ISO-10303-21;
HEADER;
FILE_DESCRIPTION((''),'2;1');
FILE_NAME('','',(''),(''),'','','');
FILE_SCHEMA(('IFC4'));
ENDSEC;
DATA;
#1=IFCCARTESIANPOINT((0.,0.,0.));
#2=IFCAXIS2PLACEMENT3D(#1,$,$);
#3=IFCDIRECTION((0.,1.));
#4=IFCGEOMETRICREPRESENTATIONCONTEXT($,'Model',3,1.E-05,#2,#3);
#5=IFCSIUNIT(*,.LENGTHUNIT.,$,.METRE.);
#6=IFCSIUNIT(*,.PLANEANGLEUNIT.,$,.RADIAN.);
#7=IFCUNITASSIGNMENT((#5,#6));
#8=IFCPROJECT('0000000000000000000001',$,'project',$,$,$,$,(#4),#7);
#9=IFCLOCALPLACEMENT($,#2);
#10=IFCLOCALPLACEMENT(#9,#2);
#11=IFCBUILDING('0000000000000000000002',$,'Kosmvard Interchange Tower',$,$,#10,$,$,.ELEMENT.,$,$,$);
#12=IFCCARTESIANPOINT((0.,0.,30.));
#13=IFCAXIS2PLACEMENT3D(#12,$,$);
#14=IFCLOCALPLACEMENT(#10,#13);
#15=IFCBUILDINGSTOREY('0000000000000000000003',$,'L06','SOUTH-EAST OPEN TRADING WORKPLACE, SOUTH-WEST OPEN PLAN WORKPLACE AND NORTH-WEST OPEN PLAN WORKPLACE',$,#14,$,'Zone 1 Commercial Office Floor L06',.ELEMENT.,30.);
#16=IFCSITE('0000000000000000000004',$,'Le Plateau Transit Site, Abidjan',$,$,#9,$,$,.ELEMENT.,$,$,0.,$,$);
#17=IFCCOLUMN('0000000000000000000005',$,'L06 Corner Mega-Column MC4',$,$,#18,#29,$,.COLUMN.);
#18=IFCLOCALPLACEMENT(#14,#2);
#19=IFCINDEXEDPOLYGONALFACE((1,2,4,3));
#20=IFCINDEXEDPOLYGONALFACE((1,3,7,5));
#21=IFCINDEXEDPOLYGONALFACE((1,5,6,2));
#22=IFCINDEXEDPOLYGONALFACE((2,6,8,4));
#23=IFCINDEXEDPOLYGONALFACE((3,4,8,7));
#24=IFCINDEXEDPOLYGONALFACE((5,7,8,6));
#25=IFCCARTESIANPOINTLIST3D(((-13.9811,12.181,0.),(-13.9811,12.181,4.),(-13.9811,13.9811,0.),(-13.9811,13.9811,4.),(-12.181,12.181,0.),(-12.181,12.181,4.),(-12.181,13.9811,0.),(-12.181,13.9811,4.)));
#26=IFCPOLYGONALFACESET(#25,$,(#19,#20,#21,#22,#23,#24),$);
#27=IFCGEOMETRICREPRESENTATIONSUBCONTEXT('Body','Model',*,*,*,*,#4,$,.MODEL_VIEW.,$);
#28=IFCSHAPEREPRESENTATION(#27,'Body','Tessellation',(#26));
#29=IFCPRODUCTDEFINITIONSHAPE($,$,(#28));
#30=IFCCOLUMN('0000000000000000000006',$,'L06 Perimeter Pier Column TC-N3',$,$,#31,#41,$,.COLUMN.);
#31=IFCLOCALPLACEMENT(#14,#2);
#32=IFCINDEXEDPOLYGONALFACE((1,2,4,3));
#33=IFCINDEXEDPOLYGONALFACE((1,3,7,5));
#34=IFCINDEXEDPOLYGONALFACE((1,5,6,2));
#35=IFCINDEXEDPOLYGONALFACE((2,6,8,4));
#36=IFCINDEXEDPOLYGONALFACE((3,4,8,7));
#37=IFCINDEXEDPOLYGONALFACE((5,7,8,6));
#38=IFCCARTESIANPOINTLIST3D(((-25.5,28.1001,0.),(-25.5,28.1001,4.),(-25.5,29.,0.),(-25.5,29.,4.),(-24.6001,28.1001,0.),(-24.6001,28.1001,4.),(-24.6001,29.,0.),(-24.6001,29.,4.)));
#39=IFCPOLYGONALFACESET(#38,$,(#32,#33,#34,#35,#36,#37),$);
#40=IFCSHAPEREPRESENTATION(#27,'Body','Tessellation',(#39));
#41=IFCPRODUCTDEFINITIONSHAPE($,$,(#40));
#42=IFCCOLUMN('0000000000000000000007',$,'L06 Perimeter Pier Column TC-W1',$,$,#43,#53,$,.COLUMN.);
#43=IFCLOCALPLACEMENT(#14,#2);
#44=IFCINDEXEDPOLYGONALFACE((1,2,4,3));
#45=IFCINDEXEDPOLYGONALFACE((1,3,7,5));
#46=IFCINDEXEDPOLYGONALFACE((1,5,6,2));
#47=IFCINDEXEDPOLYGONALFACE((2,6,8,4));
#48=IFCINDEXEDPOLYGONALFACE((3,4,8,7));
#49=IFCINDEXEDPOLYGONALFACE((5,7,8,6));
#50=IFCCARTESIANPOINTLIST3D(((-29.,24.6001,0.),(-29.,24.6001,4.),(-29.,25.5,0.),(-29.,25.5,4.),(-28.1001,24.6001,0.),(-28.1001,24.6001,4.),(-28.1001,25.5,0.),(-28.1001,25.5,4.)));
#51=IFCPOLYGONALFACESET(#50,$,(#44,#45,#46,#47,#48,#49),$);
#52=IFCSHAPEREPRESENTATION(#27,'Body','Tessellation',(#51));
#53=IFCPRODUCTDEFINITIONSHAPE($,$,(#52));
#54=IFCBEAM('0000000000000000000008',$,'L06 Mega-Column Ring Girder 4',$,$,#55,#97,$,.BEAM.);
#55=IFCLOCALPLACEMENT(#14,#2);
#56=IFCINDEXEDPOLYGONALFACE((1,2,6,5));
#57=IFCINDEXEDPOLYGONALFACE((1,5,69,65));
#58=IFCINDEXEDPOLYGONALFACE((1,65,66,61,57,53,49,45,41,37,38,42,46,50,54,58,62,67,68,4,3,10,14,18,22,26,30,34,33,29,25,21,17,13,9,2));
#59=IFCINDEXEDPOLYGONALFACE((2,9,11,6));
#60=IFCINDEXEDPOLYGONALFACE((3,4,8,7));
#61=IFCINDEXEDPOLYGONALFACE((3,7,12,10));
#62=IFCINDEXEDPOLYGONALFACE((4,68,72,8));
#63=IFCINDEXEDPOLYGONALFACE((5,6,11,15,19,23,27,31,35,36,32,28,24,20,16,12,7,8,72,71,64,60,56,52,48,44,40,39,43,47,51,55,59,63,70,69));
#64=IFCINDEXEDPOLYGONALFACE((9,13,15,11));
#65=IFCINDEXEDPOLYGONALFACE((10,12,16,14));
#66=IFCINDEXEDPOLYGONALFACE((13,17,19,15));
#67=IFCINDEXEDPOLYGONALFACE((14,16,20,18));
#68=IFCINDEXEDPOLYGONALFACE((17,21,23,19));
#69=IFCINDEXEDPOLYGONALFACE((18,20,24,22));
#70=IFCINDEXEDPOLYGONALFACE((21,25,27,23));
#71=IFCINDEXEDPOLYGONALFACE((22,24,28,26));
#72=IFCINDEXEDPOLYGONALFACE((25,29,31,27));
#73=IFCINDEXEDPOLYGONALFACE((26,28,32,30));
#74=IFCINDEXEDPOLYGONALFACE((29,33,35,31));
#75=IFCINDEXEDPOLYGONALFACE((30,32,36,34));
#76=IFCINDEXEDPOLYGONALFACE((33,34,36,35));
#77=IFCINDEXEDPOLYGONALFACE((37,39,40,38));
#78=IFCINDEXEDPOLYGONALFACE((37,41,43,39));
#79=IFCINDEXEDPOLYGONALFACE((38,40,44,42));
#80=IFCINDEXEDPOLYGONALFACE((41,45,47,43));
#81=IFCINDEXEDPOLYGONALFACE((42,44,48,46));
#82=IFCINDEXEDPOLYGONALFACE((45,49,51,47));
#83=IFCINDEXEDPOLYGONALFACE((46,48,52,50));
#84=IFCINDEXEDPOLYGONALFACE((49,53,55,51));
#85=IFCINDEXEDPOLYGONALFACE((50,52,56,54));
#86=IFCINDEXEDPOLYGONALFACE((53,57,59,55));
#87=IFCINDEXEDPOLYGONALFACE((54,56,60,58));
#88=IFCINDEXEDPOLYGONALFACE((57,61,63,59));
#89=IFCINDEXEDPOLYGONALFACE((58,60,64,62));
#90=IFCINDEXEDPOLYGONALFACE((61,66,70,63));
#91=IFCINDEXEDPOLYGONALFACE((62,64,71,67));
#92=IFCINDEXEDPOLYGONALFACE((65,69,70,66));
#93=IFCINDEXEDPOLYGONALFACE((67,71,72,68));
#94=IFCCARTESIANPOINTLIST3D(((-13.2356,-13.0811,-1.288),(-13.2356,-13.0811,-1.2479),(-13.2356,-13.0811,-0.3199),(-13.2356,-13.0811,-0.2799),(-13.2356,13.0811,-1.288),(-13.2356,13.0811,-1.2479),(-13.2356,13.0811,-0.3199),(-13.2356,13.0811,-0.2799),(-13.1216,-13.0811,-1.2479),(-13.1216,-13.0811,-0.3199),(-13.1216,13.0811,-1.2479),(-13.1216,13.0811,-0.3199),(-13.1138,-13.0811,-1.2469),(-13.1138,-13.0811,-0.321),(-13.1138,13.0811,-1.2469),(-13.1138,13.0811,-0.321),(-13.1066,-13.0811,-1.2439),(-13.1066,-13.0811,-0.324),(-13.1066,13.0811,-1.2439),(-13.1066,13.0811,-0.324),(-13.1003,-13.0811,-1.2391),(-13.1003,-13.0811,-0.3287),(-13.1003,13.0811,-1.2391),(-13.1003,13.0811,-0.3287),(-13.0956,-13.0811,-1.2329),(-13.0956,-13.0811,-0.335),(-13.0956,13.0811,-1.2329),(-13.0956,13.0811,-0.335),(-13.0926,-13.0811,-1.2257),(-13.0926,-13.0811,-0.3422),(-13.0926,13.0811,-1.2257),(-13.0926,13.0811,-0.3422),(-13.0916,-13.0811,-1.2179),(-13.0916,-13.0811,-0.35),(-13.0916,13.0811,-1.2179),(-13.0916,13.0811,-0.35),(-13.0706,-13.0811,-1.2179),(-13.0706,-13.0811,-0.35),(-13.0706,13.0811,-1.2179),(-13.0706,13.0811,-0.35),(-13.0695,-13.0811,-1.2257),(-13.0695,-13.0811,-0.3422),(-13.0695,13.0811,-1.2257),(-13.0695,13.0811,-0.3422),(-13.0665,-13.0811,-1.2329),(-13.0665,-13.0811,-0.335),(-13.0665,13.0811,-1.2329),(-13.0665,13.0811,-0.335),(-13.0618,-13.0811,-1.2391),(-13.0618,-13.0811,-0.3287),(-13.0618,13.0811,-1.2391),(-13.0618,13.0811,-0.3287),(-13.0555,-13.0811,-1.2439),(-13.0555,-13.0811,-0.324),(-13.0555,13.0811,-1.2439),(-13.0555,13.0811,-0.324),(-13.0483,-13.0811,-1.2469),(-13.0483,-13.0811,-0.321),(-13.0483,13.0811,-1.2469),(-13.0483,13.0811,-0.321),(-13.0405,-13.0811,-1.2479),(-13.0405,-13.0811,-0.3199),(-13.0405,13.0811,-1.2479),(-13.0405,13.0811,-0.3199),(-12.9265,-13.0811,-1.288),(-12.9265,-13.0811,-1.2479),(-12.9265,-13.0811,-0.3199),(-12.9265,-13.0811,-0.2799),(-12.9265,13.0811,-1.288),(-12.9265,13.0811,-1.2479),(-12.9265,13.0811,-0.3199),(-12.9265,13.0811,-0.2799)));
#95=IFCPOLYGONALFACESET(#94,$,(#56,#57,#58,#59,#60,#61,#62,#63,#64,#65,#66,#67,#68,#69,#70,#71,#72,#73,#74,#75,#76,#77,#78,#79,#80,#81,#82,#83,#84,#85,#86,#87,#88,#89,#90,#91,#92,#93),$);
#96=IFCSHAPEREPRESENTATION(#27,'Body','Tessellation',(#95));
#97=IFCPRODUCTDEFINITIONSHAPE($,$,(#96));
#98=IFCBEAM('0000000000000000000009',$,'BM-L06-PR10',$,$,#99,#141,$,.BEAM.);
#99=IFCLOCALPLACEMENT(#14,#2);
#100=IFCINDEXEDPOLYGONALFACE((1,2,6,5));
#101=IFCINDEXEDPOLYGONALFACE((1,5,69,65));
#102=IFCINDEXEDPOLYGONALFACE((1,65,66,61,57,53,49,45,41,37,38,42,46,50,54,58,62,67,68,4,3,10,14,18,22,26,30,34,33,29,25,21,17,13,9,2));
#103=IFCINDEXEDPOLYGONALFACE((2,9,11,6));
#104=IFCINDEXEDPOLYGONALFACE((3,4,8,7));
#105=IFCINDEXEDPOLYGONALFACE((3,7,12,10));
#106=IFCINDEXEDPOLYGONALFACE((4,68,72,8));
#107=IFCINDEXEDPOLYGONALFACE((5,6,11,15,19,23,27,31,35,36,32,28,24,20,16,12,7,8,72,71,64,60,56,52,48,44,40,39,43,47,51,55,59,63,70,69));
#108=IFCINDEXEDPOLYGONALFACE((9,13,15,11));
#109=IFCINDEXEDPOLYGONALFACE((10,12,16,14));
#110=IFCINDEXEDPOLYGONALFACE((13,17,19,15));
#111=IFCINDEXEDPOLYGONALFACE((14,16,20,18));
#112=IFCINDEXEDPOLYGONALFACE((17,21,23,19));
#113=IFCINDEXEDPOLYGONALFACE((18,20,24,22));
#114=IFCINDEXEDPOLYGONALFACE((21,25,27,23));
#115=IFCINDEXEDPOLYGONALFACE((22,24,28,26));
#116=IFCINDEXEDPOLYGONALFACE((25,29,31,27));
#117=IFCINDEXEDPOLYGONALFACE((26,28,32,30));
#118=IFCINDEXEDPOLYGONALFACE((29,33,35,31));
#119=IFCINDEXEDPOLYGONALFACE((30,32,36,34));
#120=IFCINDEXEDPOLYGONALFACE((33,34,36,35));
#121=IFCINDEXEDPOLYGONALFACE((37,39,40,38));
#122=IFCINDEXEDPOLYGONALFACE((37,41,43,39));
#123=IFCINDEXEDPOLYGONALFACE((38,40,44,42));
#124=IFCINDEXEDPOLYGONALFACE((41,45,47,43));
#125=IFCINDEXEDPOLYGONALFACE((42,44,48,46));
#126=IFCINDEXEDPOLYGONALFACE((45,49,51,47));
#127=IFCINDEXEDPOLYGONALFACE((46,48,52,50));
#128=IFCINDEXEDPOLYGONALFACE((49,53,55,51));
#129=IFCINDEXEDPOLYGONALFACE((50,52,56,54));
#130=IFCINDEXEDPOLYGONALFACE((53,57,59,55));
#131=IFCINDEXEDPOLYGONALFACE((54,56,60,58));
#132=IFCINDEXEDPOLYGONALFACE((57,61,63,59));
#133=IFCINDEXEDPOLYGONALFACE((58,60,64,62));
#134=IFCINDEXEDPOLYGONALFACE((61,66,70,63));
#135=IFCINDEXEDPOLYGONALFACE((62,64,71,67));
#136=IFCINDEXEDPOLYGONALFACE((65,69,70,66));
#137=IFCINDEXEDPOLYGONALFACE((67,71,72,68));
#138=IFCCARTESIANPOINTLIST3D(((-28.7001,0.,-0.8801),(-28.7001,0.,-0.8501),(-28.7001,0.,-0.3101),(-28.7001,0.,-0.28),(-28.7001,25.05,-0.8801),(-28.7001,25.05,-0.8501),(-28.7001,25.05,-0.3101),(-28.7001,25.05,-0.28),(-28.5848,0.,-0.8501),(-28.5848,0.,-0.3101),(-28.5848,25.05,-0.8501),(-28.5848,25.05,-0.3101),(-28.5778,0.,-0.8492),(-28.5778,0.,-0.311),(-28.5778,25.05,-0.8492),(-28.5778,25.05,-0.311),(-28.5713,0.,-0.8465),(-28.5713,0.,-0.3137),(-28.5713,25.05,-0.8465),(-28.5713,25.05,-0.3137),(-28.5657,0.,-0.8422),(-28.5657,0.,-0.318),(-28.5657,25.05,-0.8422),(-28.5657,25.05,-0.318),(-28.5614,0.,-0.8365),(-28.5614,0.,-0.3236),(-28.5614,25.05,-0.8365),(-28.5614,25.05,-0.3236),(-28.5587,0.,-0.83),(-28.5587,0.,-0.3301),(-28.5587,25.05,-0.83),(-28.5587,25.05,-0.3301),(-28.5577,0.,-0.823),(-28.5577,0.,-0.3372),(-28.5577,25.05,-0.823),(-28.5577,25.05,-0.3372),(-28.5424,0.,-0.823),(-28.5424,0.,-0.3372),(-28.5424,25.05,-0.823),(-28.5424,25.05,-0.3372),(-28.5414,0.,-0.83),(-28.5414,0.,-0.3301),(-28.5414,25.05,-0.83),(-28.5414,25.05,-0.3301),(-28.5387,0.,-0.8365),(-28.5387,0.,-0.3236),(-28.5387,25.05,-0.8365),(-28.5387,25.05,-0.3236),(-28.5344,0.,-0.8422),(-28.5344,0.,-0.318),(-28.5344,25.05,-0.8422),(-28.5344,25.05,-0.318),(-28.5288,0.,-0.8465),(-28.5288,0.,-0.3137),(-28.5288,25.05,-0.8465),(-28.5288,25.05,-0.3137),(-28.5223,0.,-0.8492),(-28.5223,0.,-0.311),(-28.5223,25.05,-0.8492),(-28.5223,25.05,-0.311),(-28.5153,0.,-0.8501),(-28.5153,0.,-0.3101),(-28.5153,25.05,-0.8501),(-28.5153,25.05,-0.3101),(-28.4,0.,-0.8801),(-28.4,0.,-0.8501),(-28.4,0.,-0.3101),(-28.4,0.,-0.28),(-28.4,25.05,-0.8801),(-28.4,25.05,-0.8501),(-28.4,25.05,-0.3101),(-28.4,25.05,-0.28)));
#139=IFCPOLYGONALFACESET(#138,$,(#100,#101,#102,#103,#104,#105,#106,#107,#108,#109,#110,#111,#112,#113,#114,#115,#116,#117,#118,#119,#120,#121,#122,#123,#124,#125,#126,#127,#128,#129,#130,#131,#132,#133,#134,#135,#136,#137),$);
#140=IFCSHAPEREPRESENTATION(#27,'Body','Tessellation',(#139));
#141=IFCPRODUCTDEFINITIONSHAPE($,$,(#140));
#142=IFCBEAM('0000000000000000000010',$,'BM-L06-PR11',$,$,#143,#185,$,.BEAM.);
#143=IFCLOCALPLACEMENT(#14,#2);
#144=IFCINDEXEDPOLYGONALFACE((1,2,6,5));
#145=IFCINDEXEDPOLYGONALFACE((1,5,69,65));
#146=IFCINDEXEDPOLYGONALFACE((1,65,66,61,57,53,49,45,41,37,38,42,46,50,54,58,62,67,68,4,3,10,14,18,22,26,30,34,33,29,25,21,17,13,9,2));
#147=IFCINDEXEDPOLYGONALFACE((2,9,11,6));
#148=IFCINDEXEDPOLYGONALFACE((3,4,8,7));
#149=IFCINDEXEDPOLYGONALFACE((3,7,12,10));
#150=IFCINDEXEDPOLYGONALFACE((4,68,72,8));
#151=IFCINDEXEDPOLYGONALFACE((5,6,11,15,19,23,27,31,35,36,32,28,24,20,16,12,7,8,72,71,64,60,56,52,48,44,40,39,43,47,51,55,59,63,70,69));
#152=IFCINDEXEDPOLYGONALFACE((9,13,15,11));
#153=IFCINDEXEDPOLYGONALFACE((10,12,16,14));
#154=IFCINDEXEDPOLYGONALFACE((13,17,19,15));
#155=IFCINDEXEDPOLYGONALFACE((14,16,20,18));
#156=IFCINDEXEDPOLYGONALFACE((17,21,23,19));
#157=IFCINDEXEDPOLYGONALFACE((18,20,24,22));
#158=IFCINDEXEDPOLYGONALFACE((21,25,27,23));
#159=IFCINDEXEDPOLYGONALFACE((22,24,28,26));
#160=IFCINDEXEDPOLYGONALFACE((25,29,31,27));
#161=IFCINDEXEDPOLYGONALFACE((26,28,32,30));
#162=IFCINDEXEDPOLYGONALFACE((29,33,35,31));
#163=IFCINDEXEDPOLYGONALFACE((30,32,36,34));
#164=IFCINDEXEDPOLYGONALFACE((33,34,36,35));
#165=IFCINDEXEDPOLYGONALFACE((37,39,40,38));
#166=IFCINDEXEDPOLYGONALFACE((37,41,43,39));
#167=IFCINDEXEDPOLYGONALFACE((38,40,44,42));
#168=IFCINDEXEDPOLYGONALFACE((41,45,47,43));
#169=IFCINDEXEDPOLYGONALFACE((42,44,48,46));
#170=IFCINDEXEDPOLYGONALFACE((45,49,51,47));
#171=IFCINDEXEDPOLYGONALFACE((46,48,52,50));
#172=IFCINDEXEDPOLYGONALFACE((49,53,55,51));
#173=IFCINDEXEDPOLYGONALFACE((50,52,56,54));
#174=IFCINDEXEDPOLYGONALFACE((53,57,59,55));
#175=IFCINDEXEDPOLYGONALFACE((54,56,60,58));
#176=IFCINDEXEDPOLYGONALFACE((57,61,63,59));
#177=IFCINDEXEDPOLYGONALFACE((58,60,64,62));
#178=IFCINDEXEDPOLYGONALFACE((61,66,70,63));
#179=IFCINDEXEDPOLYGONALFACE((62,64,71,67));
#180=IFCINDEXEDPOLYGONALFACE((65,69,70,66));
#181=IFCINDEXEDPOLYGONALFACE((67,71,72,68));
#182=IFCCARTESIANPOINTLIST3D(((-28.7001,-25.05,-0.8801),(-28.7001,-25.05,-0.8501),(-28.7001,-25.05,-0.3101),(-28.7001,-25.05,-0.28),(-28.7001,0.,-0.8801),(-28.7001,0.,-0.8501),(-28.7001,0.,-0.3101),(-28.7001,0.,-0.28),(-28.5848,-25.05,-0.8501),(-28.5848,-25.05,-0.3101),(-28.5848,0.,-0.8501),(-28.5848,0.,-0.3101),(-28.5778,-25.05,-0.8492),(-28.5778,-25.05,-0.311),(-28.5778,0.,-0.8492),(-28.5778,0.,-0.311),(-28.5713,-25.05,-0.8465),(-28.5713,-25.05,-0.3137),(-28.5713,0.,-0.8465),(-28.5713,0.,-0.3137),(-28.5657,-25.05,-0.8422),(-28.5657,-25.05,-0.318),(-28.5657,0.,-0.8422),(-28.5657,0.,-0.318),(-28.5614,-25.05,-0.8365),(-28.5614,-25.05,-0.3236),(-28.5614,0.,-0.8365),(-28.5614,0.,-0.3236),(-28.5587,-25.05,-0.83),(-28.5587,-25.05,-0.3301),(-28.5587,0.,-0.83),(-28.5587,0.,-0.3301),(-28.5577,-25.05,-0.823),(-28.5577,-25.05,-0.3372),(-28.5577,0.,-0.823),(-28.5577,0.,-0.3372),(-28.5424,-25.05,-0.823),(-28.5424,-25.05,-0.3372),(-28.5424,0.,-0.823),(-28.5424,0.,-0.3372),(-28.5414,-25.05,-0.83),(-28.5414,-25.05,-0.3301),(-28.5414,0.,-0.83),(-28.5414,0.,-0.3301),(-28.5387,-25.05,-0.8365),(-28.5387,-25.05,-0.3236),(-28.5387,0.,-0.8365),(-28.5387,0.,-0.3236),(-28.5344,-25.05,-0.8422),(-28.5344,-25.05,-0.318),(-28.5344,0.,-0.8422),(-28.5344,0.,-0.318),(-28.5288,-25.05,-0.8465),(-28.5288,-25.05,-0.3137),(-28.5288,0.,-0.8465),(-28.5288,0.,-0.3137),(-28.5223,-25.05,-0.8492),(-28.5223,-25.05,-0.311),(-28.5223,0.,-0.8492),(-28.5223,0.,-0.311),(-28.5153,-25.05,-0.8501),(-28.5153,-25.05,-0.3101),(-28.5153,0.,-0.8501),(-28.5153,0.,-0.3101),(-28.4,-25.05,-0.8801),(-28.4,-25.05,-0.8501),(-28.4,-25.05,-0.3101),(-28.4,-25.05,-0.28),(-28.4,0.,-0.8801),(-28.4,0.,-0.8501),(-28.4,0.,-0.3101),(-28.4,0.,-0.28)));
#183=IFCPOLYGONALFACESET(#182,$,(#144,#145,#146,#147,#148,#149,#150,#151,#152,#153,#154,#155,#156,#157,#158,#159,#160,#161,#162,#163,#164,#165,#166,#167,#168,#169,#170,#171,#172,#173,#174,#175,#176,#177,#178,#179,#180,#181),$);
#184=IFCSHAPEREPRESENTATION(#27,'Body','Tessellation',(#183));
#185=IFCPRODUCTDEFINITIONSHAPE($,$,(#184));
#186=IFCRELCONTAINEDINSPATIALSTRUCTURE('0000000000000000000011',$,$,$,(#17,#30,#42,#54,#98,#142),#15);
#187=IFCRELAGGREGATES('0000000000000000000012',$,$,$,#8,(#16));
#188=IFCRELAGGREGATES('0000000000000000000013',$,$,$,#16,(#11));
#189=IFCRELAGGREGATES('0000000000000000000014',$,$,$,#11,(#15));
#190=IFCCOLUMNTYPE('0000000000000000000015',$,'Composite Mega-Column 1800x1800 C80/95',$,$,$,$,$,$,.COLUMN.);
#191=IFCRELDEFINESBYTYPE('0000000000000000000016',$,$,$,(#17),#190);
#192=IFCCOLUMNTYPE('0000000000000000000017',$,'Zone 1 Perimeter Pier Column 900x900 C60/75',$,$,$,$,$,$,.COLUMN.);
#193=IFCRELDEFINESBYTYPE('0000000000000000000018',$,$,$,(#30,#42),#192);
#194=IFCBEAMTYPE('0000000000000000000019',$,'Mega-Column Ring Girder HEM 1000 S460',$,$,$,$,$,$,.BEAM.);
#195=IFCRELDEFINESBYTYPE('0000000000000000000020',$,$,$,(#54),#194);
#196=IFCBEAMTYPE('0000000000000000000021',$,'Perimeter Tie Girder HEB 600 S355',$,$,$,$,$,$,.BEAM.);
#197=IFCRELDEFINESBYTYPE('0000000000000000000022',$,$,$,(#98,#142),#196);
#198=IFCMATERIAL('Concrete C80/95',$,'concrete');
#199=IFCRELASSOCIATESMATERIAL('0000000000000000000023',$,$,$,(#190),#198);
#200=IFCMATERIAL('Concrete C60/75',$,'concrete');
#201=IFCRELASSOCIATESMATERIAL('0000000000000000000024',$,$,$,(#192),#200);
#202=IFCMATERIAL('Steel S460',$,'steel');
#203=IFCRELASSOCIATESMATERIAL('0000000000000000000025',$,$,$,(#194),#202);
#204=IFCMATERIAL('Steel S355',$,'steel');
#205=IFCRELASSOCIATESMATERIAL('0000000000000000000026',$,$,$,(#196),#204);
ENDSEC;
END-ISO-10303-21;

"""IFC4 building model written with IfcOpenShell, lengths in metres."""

from ifc_helpers import new_model, si_unit, direction, frame, origin, origin_2d, place, context, subcontext, project, spatial, rectangle, i_section, extrude, source, transform, mapped, material, material_profile, profile_set, type_object, element, save


model = new_model("IFC4")

# Units and contexts
model_context = context("Model", 3, precision=1e-05, world=origin(), true_north=direction((0.0, 1.0)))
body_context = subcontext(model_context, "Body", "Model", "MODEL_VIEW")
ifc_project = project(units=[si_unit("LENGTHUNIT", "METRE"), si_unit("PLANEANGLEUNIT", "RADIAN")], contexts=[model_context])

# Site, building, storey
site_placement = place(None, origin())
site = spatial("IfcSite", under=ifc_project, at=site_placement, Name="Le Plateau Transit Site, Abidjan", CompositionType="ELEMENT", RefElevation=0.0)
building_placement = place(site_placement, origin())
building = spatial("IfcBuilding", under=site, at=building_placement, Name="Kosmvard Interchange Tower", CompositionType="ELEMENT")
storey_placement = place(building_placement, frame((0.0, 0.0, 30.0)))
storey = spatial("IfcBuildingStorey", under=building, at=storey_placement, Name="L06", Description="SOUTH-EAST OPEN TRADING WORKPLACE, SOUTH-WEST OPEN PLAN WORKPLACE AND NORTH-WEST OPEN PLAN WORKPLACE", LongName="Zone 1 Commercial Office Floor L06", CompositionType="ELEMENT", Elevation=30.0)

# Columns
ifc_material_1 = material(Name="Concrete C80/95", Category="concrete")
ifc_material_profile_1 = material_profile(ifc_material_1, rectangle(XDim=1.8, YDim=1.8, at=origin_2d()), Name="MC 1800x1800")
ifc_profile_set_1 = profile_set([ifc_material_profile_1], Name="Concrete C80/95")
column_type_1 = type_object("IfcColumnType", Name="Composite Mega-Column 1800x1800 C80/95", PredefinedType="COLUMN", material=ifc_profile_set_1)
shared_shape_1 = source(origin(), body_context, "Body", "SweptSolid", [
    extrude(rectangle(XDim=1.8, YDim=1.8, at=origin_2d()), origin(), (0.0, 0.0, 1.0), 4.0),
])
column_placement = place(storey_placement, frame((-13.0811, 13.0811, 0.0), z_axis=(0.0, 0.0, 1.0), x_axis=(1.0, 0.0, 0.0)))
element("IfcColumn", 1, at=column_placement, inside=storey, type_object=column_type_1, Name="L06 Corner Mega-Column MC4", PredefinedType="COLUMN", context=body_context, shape_type="MappedRepresentation", body=[
    mapped(shared_shape_1, transform((0.0, 0.0, 0.0), scale=1.0)),
])
ifc_material_2 = material(Name="Concrete C60/75", Category="concrete")
ifc_material_profile_2 = material_profile(ifc_material_2, rectangle(XDim=0.8999, YDim=0.8999, at=origin_2d()), Name="TC 900x900")
ifc_profile_set_2 = profile_set([ifc_material_profile_2], Name="Concrete C60/75")
column_type_2 = type_object("IfcColumnType", Name="Zone 1 Perimeter Pier Column 900x900 C60/75", PredefinedType="COLUMN", material=ifc_profile_set_2)
shared_shape_2 = source(origin(), body_context, "Body", "SweptSolid", [
    extrude(rectangle(XDim=0.8999, YDim=0.8999, at=origin_2d()), origin(), (0.0, 0.0, 1.0), 4.0),
])
for number, where, z_axis, x_axis, name in (
    (2, (-25.05, 28.55, 0.0), (0.0, 0.0, 1.0), (1.0, 0.0, 0.0), "L06 Perimeter Pier Column TC-N3"),
    (3, (-28.55, 25.05, 0.0), (0.0, 0.0, 1.0), (1.0, 0.0, 0.0), "L06 Perimeter Pier Column TC-W1"),
):
    element("IfcColumn", number, at=place(storey_placement, frame(where, z_axis=z_axis, x_axis=x_axis)), inside=storey, type_object=column_type_2, Name=name, PredefinedType="COLUMN", context=body_context, shape_type="MappedRepresentation", body=[
        mapped(shared_shape_2, transform((0.0, 0.0, 0.0), scale=1.0)),
    ])

# Beams
ifc_material_3 = material(Name="Steel S460", Category="steel")
ifc_material_profile_3 = material_profile(ifc_material_3, i_section(OverallWidth=0.3091, OverallDepth=1.0081, WebThickness=0.021, FlangeThickness=0.04, FilletRadius=0.03, at=origin_2d()), Name="HEM 1000")
ifc_profile_set_3 = profile_set([ifc_material_profile_3], Name="Steel S460")
beam_type_1 = type_object("IfcBeamType", Name="Mega-Column Ring Girder HEM 1000 S460", PredefinedType="BEAM", material=ifc_profile_set_3)
shared_shape_3 = source(origin(), body_context, "Body", "SweptSolid", [
    extrude(i_section(OverallWidth=0.3091, OverallDepth=1.0081, WebThickness=0.021, FlangeThickness=0.04, FilletRadius=0.03, at=origin_2d()), origin(), (0.0, 0.0, 1.0), 26.1621),
])
beam_1_placement = place(storey_placement, frame((-13.0811, 13.0811, -0.7839), z_axis=(0.0, -1.0, 0.0), x_axis=(1.0, 0.0, 0.0)))
element("IfcBeam", 4, at=beam_1_placement, inside=storey, type_object=beam_type_1, Name="L06 Mega-Column Ring Girder 4", PredefinedType="BEAM", context=body_context, shape_type="MappedRepresentation", body=[
    mapped(shared_shape_3, transform((0.0, 0.0, 0.0), scale=1.0)),
])
ifc_material_4 = material(Name="Steel S355", Category="steel")
ifc_material_profile_4 = material_profile(ifc_material_4, i_section(OverallWidth=0.3, OverallDepth=0.6001, WebThickness=0.0154, FlangeThickness=0.03, FilletRadius=0.0271, at=origin_2d()), Name="HEB 600")
ifc_profile_set_4 = profile_set([ifc_material_profile_4], Name="Steel S355")
beam_type_2 = type_object("IfcBeamType", Name="Perimeter Tie Girder HEB 600 S355", PredefinedType="BEAM", material=ifc_profile_set_4)
shared_shape_4 = source(origin(), body_context, "Body", "SweptSolid", [
    extrude(i_section(OverallWidth=0.3, OverallDepth=0.6001, WebThickness=0.0154, FlangeThickness=0.03, FilletRadius=0.0271, at=origin_2d()), origin(), (0.0, 0.0, 1.0), 25.05),
])
for number, where, z_axis, x_axis, name in (
    (5, (-28.55, 25.05, -0.5801), (0.0, -1.0, 0.0), (1.0, 0.0, 0.0), "BM-L06-PR10"),
    (6, (-28.55, 0.0, -0.5801), (0.0, -1.0, 0.0), (1.0, 0.0, 0.0), "BM-L06-PR11"),
):
    element("IfcBeam", number, at=place(storey_placement, frame(where, z_axis=z_axis, x_axis=x_axis)), inside=storey, type_object=beam_type_2, Name=name, PredefinedType="BEAM", context=body_context, shape_type="MappedRepresentation", body=[
        mapped(shared_shape_4, transform((0.0, 0.0, 0.0), scale=1.0)),
    ])

save(model, "model.ifc")
